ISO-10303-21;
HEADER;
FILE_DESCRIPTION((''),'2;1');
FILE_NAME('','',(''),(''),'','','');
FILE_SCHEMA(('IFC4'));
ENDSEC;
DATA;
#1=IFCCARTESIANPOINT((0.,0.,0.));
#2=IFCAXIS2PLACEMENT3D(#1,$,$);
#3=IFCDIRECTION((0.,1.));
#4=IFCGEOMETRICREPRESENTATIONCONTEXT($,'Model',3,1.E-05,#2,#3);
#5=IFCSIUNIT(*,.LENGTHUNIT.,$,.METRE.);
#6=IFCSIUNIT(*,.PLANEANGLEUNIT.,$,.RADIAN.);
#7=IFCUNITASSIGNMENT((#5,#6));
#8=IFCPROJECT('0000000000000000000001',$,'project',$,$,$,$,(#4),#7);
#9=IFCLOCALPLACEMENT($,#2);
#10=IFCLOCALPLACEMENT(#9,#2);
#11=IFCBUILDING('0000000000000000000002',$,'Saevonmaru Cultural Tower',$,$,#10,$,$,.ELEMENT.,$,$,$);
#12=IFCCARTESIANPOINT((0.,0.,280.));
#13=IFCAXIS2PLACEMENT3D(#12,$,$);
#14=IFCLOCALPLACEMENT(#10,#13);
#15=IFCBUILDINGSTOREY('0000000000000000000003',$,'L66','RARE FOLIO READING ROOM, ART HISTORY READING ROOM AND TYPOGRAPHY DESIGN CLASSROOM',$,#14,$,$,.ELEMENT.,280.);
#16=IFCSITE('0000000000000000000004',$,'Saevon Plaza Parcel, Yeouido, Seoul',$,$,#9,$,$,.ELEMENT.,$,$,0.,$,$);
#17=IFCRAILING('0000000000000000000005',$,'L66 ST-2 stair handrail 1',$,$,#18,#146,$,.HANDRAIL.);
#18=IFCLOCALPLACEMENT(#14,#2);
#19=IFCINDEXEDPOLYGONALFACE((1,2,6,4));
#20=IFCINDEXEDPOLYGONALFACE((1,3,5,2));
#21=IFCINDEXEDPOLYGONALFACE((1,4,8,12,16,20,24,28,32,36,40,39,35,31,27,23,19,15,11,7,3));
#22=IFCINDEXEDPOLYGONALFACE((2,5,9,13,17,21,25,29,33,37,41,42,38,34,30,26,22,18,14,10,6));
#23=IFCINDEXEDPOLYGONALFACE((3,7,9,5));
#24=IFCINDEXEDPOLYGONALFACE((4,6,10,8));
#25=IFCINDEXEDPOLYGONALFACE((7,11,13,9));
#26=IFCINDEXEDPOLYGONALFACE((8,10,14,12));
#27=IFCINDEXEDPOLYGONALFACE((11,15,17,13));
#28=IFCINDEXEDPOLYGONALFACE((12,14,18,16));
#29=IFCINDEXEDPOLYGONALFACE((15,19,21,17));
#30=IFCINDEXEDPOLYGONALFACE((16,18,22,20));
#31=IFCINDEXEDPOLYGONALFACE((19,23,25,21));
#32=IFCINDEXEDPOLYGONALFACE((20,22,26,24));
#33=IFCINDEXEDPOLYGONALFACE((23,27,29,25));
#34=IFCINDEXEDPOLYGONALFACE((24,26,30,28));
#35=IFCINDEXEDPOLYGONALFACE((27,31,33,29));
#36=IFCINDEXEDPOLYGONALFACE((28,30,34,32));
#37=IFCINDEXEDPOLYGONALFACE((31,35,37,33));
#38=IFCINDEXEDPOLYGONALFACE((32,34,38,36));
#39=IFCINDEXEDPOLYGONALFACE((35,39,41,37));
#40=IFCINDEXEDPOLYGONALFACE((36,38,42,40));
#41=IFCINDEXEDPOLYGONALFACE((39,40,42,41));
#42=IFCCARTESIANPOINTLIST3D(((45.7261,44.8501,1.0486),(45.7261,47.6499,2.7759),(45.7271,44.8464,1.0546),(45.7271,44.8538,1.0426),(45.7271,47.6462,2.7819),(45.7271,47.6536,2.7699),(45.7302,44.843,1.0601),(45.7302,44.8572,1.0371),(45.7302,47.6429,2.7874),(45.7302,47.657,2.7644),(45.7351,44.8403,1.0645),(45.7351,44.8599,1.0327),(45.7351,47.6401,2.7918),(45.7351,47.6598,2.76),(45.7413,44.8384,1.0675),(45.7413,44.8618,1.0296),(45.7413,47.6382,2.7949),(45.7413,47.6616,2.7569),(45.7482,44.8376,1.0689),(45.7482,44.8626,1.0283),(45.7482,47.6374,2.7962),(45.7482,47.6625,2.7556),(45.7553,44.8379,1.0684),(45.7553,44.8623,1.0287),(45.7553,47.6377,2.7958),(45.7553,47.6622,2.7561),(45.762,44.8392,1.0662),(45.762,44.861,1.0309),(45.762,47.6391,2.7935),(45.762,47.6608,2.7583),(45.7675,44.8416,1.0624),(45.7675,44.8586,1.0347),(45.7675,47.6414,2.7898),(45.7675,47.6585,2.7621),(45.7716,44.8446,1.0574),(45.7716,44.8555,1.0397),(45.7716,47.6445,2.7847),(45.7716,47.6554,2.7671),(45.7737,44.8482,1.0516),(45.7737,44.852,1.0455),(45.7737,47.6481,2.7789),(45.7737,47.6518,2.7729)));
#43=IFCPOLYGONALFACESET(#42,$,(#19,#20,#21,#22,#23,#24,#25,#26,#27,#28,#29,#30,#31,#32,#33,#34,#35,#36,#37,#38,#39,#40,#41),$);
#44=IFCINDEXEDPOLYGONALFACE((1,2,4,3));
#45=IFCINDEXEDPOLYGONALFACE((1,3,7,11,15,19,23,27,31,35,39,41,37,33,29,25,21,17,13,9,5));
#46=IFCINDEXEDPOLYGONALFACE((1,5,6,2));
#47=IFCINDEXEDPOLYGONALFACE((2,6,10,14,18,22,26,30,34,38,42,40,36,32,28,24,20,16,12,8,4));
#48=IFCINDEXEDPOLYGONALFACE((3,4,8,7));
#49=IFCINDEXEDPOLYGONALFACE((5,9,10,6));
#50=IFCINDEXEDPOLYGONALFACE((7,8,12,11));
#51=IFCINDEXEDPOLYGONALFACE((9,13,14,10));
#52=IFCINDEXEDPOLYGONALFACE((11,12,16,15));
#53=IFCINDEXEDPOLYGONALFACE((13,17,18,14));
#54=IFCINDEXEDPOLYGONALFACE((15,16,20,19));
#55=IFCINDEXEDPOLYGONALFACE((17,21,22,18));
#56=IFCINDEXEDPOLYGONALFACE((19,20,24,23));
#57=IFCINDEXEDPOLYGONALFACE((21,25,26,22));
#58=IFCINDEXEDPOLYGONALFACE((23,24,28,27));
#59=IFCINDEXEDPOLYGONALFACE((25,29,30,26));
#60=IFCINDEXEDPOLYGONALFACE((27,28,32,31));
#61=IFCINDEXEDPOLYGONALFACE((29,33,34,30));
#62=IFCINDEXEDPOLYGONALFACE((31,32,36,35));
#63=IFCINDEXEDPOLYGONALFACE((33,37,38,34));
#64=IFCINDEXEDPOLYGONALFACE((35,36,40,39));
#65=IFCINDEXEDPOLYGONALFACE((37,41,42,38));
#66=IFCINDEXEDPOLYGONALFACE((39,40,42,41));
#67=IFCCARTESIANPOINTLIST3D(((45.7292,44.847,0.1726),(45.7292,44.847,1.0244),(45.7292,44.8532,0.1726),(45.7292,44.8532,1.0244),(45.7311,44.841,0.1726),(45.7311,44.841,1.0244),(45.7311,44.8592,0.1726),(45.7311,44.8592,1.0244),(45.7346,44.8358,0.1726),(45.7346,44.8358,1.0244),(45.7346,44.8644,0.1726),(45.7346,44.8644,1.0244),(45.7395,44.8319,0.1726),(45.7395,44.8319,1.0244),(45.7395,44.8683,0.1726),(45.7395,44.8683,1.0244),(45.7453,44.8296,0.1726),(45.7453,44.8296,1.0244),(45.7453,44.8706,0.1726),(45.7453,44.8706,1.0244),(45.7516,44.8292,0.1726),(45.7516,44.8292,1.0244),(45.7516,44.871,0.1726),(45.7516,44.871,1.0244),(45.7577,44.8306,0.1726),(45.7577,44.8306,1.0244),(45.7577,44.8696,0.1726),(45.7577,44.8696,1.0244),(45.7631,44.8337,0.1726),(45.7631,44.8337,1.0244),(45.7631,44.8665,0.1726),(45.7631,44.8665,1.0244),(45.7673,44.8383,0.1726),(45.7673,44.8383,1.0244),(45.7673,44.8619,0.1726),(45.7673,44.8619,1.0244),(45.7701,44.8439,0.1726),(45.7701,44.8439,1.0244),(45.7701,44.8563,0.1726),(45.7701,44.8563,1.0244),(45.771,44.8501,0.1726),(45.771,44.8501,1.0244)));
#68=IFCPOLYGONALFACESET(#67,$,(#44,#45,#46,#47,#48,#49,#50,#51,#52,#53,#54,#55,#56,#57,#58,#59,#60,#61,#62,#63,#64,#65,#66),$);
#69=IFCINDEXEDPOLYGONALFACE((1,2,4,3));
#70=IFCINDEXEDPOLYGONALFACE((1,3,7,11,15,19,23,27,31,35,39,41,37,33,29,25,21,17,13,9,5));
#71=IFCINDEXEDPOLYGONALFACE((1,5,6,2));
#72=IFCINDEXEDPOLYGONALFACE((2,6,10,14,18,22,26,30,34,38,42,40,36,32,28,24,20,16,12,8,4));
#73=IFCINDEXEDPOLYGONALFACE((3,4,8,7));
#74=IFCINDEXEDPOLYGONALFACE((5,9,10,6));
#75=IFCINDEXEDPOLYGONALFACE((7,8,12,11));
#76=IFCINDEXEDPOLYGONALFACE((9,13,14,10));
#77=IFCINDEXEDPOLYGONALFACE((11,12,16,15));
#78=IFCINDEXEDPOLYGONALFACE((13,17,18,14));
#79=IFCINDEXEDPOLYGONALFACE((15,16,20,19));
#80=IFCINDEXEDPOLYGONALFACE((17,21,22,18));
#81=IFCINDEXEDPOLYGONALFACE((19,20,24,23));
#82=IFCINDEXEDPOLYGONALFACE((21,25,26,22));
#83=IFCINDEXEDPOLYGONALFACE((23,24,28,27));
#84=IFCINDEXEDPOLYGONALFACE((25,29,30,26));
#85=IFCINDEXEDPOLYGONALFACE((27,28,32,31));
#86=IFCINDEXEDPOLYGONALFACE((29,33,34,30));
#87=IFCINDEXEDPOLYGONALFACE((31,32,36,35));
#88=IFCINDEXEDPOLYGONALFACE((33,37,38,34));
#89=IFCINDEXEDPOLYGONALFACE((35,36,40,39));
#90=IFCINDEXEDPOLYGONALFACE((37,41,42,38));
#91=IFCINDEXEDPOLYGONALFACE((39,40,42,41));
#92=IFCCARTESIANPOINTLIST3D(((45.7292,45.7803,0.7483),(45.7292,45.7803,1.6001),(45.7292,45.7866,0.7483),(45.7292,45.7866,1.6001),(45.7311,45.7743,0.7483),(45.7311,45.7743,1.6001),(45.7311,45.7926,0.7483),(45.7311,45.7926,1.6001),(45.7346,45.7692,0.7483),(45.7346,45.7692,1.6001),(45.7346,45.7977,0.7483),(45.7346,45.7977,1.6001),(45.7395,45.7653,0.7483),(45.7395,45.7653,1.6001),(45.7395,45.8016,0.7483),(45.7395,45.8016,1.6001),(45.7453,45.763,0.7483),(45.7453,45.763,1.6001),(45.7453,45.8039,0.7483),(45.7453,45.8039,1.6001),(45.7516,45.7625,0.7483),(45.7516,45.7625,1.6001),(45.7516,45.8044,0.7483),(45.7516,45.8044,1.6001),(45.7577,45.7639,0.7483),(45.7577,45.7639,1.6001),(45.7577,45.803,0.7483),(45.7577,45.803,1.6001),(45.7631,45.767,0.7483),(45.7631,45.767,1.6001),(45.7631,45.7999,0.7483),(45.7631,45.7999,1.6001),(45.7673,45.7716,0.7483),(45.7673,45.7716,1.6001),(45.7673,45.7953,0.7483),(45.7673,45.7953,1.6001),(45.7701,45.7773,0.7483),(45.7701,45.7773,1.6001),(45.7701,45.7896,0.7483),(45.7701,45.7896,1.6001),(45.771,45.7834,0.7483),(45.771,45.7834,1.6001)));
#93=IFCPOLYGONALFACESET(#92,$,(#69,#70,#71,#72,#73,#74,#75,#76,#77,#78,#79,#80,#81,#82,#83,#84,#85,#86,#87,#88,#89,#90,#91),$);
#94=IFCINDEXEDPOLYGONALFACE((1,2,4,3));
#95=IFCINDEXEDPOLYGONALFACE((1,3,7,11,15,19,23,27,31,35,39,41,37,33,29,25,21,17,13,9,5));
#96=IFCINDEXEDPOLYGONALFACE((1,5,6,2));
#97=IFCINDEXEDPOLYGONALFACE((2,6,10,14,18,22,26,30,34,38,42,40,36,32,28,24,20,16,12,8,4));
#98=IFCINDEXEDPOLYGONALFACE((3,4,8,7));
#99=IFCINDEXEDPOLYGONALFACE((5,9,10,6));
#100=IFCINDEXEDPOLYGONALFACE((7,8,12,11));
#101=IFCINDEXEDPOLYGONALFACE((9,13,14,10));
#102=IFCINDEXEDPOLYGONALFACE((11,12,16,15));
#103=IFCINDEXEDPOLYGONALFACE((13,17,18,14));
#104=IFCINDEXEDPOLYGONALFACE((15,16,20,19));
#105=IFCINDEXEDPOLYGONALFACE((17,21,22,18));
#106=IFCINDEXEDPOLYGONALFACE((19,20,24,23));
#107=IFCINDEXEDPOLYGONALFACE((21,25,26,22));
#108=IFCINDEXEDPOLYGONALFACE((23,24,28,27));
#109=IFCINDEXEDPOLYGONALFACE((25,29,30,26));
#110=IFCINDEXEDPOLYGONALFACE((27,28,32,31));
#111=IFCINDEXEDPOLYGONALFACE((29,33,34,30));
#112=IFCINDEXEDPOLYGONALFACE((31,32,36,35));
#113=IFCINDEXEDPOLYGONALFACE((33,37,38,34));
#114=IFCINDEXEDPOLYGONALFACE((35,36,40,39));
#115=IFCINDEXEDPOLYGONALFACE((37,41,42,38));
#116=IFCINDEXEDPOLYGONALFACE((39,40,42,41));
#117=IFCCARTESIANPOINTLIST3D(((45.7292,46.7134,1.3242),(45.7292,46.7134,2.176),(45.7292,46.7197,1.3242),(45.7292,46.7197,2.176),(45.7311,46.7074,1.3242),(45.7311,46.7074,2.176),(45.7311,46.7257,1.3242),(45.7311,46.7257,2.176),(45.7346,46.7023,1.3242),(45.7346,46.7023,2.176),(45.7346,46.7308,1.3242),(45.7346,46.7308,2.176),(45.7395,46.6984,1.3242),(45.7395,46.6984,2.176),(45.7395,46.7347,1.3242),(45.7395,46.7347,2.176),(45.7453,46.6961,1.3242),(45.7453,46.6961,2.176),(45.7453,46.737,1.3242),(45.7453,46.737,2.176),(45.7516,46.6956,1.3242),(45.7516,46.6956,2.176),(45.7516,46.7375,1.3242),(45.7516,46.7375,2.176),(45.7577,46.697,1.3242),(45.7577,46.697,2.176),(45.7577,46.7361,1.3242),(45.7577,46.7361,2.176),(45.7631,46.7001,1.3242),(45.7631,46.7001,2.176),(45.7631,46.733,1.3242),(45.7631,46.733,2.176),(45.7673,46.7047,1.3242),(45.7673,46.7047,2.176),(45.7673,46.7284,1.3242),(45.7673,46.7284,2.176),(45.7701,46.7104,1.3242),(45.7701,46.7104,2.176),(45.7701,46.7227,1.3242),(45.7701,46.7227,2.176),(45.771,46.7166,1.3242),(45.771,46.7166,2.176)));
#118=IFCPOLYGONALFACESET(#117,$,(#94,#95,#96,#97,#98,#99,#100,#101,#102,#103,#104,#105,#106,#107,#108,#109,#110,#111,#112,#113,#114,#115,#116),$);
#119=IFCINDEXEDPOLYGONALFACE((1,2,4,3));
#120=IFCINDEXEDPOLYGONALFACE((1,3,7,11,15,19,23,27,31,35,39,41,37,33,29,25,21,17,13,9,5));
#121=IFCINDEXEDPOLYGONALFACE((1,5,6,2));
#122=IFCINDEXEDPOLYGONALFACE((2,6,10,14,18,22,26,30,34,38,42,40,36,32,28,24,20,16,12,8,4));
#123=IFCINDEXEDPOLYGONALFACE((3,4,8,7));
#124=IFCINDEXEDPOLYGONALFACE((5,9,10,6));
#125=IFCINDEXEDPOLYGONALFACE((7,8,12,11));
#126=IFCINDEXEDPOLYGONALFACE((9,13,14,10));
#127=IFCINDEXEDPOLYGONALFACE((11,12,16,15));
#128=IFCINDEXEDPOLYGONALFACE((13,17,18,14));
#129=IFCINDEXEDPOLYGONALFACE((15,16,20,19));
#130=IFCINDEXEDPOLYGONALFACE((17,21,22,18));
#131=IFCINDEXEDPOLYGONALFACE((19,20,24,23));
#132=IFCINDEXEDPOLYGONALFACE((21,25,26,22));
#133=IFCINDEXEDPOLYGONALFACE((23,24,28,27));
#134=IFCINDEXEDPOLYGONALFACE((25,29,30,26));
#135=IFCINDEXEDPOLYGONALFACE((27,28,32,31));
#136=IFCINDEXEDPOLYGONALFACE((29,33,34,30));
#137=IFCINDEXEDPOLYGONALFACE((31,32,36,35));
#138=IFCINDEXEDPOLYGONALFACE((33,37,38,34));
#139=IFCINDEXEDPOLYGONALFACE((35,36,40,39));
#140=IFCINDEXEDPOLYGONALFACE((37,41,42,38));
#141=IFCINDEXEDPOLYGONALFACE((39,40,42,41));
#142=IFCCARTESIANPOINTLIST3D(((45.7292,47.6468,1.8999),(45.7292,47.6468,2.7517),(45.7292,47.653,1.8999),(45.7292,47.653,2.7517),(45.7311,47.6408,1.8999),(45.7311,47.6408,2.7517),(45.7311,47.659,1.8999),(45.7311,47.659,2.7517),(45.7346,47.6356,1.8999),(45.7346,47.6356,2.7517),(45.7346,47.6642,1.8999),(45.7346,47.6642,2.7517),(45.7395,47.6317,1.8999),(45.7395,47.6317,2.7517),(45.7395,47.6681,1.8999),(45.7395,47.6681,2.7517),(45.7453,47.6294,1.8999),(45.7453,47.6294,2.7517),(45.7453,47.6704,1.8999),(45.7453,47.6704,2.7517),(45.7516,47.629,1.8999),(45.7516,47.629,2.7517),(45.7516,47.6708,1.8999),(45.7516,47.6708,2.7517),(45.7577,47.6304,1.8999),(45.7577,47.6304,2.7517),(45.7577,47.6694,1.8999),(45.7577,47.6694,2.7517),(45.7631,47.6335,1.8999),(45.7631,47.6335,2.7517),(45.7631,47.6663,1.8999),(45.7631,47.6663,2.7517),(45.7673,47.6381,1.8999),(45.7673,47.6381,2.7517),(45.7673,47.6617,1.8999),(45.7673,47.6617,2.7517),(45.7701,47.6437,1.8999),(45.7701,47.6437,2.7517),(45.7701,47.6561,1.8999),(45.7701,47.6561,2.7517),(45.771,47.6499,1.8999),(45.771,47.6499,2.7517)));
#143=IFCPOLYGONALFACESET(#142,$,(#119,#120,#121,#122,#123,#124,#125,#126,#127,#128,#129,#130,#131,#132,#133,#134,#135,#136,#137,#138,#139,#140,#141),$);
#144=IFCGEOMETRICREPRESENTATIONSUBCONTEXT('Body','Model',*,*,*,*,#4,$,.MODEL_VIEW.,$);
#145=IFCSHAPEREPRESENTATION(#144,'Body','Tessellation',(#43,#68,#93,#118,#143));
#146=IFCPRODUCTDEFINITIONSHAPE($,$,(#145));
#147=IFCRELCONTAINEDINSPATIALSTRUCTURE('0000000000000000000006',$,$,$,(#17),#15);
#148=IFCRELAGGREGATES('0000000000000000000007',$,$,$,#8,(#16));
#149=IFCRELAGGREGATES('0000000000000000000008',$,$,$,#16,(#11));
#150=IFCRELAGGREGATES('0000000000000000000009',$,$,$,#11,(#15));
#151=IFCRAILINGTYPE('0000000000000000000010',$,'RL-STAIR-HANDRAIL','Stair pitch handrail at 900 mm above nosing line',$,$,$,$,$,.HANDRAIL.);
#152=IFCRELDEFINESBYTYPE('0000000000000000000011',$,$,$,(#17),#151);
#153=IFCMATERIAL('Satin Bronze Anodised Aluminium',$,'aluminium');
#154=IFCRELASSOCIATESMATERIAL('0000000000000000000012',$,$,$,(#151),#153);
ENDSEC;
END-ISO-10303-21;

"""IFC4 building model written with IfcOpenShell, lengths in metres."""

from ifc_helpers import new_model, si_unit, direction, frame, origin, origin_2d, place, context, subcontext, project, spatial, circle, extrude, material, type_object, element, save


model = new_model("IFC4")

# Units and contexts
model_context = context("Model", 3, precision=1e-05, world=origin(), true_north=direction((0.0, 1.0)))
body_context = subcontext(model_context, "Body", "Model", "MODEL_VIEW")
ifc_project = project(units=[si_unit("LENGTHUNIT", "METRE"), si_unit("PLANEANGLEUNIT", "RADIAN")], contexts=[model_context])

# Site, building, storey
site_placement = place(None, origin())
site = spatial("IfcSite", under=ifc_project, at=site_placement, Name="Saevon Plaza Parcel, Yeouido, Seoul", CompositionType="ELEMENT", RefElevation=0.0)
building_placement = place(site_placement, origin())
building = spatial("IfcBuilding", under=site, at=building_placement, Name="Saevonmaru Cultural Tower", CompositionType="ELEMENT")
storey_placement = place(building_placement, frame((0.0, 0.0, 280.0)))
storey = spatial("IfcBuildingStorey", under=building, at=storey_placement, Name="L66", Description="RARE FOLIO READING ROOM, ART HISTORY READING ROOM AND TYPOGRAPHY DESIGN CLASSROOM", CompositionType="ELEMENT", Elevation=280.0)

# Shared definitions
ifc_material_1 = material(Name="Satin Bronze Anodised Aluminium", Category="aluminium")

# Railing
railing_type_1 = type_object("IfcRailingType", Name="RL-STAIR-HANDRAIL", Description="Stair pitch handrail at 900 mm above nosing line", PredefinedType="HANDRAIL", material=ifc_material_1)
railing_1_placement = place(storey_placement, frame((45.75, 44.8501, 0.1726)))
element("IfcRailing", 1, at=railing_1_placement, inside=storey, type_object=railing_type_1, Name="L66 ST-2 stair handrail 1", PredefinedType="HANDRAIL", context=body_context, shape_type="SweptSolid", body=[
    extrude(circle(Radius=0.0239, at=origin_2d()), frame((0.0, 0.0, 0.876), z_axis=(0.0, 0.851069, 0.525054), x_axis=(-1.0, 0.0, 0.0)), (0.0, 0.0, 1.0), 3.2898),
    extrude(circle(Radius=0.021, at=origin_2d()), origin(), (0.0, 0.0, 1.0), 0.8518),
    extrude(circle(Radius=0.021, at=origin_2d()), frame((0.0, 0.9333, 0.5757)), (0.0, 0.0, 1.0), 0.8518),
    extrude(circle(Radius=0.021, at=origin_2d()), frame((0.0, 1.8665, 1.1516)), (0.0, 0.0, 1.0), 0.8518),
    extrude(circle(Radius=0.021, at=origin_2d()), frame((0.0, 2.7998, 1.7273)), (0.0, 0.0, 1.0), 0.8518),
])

save(model, "model.ifc")
